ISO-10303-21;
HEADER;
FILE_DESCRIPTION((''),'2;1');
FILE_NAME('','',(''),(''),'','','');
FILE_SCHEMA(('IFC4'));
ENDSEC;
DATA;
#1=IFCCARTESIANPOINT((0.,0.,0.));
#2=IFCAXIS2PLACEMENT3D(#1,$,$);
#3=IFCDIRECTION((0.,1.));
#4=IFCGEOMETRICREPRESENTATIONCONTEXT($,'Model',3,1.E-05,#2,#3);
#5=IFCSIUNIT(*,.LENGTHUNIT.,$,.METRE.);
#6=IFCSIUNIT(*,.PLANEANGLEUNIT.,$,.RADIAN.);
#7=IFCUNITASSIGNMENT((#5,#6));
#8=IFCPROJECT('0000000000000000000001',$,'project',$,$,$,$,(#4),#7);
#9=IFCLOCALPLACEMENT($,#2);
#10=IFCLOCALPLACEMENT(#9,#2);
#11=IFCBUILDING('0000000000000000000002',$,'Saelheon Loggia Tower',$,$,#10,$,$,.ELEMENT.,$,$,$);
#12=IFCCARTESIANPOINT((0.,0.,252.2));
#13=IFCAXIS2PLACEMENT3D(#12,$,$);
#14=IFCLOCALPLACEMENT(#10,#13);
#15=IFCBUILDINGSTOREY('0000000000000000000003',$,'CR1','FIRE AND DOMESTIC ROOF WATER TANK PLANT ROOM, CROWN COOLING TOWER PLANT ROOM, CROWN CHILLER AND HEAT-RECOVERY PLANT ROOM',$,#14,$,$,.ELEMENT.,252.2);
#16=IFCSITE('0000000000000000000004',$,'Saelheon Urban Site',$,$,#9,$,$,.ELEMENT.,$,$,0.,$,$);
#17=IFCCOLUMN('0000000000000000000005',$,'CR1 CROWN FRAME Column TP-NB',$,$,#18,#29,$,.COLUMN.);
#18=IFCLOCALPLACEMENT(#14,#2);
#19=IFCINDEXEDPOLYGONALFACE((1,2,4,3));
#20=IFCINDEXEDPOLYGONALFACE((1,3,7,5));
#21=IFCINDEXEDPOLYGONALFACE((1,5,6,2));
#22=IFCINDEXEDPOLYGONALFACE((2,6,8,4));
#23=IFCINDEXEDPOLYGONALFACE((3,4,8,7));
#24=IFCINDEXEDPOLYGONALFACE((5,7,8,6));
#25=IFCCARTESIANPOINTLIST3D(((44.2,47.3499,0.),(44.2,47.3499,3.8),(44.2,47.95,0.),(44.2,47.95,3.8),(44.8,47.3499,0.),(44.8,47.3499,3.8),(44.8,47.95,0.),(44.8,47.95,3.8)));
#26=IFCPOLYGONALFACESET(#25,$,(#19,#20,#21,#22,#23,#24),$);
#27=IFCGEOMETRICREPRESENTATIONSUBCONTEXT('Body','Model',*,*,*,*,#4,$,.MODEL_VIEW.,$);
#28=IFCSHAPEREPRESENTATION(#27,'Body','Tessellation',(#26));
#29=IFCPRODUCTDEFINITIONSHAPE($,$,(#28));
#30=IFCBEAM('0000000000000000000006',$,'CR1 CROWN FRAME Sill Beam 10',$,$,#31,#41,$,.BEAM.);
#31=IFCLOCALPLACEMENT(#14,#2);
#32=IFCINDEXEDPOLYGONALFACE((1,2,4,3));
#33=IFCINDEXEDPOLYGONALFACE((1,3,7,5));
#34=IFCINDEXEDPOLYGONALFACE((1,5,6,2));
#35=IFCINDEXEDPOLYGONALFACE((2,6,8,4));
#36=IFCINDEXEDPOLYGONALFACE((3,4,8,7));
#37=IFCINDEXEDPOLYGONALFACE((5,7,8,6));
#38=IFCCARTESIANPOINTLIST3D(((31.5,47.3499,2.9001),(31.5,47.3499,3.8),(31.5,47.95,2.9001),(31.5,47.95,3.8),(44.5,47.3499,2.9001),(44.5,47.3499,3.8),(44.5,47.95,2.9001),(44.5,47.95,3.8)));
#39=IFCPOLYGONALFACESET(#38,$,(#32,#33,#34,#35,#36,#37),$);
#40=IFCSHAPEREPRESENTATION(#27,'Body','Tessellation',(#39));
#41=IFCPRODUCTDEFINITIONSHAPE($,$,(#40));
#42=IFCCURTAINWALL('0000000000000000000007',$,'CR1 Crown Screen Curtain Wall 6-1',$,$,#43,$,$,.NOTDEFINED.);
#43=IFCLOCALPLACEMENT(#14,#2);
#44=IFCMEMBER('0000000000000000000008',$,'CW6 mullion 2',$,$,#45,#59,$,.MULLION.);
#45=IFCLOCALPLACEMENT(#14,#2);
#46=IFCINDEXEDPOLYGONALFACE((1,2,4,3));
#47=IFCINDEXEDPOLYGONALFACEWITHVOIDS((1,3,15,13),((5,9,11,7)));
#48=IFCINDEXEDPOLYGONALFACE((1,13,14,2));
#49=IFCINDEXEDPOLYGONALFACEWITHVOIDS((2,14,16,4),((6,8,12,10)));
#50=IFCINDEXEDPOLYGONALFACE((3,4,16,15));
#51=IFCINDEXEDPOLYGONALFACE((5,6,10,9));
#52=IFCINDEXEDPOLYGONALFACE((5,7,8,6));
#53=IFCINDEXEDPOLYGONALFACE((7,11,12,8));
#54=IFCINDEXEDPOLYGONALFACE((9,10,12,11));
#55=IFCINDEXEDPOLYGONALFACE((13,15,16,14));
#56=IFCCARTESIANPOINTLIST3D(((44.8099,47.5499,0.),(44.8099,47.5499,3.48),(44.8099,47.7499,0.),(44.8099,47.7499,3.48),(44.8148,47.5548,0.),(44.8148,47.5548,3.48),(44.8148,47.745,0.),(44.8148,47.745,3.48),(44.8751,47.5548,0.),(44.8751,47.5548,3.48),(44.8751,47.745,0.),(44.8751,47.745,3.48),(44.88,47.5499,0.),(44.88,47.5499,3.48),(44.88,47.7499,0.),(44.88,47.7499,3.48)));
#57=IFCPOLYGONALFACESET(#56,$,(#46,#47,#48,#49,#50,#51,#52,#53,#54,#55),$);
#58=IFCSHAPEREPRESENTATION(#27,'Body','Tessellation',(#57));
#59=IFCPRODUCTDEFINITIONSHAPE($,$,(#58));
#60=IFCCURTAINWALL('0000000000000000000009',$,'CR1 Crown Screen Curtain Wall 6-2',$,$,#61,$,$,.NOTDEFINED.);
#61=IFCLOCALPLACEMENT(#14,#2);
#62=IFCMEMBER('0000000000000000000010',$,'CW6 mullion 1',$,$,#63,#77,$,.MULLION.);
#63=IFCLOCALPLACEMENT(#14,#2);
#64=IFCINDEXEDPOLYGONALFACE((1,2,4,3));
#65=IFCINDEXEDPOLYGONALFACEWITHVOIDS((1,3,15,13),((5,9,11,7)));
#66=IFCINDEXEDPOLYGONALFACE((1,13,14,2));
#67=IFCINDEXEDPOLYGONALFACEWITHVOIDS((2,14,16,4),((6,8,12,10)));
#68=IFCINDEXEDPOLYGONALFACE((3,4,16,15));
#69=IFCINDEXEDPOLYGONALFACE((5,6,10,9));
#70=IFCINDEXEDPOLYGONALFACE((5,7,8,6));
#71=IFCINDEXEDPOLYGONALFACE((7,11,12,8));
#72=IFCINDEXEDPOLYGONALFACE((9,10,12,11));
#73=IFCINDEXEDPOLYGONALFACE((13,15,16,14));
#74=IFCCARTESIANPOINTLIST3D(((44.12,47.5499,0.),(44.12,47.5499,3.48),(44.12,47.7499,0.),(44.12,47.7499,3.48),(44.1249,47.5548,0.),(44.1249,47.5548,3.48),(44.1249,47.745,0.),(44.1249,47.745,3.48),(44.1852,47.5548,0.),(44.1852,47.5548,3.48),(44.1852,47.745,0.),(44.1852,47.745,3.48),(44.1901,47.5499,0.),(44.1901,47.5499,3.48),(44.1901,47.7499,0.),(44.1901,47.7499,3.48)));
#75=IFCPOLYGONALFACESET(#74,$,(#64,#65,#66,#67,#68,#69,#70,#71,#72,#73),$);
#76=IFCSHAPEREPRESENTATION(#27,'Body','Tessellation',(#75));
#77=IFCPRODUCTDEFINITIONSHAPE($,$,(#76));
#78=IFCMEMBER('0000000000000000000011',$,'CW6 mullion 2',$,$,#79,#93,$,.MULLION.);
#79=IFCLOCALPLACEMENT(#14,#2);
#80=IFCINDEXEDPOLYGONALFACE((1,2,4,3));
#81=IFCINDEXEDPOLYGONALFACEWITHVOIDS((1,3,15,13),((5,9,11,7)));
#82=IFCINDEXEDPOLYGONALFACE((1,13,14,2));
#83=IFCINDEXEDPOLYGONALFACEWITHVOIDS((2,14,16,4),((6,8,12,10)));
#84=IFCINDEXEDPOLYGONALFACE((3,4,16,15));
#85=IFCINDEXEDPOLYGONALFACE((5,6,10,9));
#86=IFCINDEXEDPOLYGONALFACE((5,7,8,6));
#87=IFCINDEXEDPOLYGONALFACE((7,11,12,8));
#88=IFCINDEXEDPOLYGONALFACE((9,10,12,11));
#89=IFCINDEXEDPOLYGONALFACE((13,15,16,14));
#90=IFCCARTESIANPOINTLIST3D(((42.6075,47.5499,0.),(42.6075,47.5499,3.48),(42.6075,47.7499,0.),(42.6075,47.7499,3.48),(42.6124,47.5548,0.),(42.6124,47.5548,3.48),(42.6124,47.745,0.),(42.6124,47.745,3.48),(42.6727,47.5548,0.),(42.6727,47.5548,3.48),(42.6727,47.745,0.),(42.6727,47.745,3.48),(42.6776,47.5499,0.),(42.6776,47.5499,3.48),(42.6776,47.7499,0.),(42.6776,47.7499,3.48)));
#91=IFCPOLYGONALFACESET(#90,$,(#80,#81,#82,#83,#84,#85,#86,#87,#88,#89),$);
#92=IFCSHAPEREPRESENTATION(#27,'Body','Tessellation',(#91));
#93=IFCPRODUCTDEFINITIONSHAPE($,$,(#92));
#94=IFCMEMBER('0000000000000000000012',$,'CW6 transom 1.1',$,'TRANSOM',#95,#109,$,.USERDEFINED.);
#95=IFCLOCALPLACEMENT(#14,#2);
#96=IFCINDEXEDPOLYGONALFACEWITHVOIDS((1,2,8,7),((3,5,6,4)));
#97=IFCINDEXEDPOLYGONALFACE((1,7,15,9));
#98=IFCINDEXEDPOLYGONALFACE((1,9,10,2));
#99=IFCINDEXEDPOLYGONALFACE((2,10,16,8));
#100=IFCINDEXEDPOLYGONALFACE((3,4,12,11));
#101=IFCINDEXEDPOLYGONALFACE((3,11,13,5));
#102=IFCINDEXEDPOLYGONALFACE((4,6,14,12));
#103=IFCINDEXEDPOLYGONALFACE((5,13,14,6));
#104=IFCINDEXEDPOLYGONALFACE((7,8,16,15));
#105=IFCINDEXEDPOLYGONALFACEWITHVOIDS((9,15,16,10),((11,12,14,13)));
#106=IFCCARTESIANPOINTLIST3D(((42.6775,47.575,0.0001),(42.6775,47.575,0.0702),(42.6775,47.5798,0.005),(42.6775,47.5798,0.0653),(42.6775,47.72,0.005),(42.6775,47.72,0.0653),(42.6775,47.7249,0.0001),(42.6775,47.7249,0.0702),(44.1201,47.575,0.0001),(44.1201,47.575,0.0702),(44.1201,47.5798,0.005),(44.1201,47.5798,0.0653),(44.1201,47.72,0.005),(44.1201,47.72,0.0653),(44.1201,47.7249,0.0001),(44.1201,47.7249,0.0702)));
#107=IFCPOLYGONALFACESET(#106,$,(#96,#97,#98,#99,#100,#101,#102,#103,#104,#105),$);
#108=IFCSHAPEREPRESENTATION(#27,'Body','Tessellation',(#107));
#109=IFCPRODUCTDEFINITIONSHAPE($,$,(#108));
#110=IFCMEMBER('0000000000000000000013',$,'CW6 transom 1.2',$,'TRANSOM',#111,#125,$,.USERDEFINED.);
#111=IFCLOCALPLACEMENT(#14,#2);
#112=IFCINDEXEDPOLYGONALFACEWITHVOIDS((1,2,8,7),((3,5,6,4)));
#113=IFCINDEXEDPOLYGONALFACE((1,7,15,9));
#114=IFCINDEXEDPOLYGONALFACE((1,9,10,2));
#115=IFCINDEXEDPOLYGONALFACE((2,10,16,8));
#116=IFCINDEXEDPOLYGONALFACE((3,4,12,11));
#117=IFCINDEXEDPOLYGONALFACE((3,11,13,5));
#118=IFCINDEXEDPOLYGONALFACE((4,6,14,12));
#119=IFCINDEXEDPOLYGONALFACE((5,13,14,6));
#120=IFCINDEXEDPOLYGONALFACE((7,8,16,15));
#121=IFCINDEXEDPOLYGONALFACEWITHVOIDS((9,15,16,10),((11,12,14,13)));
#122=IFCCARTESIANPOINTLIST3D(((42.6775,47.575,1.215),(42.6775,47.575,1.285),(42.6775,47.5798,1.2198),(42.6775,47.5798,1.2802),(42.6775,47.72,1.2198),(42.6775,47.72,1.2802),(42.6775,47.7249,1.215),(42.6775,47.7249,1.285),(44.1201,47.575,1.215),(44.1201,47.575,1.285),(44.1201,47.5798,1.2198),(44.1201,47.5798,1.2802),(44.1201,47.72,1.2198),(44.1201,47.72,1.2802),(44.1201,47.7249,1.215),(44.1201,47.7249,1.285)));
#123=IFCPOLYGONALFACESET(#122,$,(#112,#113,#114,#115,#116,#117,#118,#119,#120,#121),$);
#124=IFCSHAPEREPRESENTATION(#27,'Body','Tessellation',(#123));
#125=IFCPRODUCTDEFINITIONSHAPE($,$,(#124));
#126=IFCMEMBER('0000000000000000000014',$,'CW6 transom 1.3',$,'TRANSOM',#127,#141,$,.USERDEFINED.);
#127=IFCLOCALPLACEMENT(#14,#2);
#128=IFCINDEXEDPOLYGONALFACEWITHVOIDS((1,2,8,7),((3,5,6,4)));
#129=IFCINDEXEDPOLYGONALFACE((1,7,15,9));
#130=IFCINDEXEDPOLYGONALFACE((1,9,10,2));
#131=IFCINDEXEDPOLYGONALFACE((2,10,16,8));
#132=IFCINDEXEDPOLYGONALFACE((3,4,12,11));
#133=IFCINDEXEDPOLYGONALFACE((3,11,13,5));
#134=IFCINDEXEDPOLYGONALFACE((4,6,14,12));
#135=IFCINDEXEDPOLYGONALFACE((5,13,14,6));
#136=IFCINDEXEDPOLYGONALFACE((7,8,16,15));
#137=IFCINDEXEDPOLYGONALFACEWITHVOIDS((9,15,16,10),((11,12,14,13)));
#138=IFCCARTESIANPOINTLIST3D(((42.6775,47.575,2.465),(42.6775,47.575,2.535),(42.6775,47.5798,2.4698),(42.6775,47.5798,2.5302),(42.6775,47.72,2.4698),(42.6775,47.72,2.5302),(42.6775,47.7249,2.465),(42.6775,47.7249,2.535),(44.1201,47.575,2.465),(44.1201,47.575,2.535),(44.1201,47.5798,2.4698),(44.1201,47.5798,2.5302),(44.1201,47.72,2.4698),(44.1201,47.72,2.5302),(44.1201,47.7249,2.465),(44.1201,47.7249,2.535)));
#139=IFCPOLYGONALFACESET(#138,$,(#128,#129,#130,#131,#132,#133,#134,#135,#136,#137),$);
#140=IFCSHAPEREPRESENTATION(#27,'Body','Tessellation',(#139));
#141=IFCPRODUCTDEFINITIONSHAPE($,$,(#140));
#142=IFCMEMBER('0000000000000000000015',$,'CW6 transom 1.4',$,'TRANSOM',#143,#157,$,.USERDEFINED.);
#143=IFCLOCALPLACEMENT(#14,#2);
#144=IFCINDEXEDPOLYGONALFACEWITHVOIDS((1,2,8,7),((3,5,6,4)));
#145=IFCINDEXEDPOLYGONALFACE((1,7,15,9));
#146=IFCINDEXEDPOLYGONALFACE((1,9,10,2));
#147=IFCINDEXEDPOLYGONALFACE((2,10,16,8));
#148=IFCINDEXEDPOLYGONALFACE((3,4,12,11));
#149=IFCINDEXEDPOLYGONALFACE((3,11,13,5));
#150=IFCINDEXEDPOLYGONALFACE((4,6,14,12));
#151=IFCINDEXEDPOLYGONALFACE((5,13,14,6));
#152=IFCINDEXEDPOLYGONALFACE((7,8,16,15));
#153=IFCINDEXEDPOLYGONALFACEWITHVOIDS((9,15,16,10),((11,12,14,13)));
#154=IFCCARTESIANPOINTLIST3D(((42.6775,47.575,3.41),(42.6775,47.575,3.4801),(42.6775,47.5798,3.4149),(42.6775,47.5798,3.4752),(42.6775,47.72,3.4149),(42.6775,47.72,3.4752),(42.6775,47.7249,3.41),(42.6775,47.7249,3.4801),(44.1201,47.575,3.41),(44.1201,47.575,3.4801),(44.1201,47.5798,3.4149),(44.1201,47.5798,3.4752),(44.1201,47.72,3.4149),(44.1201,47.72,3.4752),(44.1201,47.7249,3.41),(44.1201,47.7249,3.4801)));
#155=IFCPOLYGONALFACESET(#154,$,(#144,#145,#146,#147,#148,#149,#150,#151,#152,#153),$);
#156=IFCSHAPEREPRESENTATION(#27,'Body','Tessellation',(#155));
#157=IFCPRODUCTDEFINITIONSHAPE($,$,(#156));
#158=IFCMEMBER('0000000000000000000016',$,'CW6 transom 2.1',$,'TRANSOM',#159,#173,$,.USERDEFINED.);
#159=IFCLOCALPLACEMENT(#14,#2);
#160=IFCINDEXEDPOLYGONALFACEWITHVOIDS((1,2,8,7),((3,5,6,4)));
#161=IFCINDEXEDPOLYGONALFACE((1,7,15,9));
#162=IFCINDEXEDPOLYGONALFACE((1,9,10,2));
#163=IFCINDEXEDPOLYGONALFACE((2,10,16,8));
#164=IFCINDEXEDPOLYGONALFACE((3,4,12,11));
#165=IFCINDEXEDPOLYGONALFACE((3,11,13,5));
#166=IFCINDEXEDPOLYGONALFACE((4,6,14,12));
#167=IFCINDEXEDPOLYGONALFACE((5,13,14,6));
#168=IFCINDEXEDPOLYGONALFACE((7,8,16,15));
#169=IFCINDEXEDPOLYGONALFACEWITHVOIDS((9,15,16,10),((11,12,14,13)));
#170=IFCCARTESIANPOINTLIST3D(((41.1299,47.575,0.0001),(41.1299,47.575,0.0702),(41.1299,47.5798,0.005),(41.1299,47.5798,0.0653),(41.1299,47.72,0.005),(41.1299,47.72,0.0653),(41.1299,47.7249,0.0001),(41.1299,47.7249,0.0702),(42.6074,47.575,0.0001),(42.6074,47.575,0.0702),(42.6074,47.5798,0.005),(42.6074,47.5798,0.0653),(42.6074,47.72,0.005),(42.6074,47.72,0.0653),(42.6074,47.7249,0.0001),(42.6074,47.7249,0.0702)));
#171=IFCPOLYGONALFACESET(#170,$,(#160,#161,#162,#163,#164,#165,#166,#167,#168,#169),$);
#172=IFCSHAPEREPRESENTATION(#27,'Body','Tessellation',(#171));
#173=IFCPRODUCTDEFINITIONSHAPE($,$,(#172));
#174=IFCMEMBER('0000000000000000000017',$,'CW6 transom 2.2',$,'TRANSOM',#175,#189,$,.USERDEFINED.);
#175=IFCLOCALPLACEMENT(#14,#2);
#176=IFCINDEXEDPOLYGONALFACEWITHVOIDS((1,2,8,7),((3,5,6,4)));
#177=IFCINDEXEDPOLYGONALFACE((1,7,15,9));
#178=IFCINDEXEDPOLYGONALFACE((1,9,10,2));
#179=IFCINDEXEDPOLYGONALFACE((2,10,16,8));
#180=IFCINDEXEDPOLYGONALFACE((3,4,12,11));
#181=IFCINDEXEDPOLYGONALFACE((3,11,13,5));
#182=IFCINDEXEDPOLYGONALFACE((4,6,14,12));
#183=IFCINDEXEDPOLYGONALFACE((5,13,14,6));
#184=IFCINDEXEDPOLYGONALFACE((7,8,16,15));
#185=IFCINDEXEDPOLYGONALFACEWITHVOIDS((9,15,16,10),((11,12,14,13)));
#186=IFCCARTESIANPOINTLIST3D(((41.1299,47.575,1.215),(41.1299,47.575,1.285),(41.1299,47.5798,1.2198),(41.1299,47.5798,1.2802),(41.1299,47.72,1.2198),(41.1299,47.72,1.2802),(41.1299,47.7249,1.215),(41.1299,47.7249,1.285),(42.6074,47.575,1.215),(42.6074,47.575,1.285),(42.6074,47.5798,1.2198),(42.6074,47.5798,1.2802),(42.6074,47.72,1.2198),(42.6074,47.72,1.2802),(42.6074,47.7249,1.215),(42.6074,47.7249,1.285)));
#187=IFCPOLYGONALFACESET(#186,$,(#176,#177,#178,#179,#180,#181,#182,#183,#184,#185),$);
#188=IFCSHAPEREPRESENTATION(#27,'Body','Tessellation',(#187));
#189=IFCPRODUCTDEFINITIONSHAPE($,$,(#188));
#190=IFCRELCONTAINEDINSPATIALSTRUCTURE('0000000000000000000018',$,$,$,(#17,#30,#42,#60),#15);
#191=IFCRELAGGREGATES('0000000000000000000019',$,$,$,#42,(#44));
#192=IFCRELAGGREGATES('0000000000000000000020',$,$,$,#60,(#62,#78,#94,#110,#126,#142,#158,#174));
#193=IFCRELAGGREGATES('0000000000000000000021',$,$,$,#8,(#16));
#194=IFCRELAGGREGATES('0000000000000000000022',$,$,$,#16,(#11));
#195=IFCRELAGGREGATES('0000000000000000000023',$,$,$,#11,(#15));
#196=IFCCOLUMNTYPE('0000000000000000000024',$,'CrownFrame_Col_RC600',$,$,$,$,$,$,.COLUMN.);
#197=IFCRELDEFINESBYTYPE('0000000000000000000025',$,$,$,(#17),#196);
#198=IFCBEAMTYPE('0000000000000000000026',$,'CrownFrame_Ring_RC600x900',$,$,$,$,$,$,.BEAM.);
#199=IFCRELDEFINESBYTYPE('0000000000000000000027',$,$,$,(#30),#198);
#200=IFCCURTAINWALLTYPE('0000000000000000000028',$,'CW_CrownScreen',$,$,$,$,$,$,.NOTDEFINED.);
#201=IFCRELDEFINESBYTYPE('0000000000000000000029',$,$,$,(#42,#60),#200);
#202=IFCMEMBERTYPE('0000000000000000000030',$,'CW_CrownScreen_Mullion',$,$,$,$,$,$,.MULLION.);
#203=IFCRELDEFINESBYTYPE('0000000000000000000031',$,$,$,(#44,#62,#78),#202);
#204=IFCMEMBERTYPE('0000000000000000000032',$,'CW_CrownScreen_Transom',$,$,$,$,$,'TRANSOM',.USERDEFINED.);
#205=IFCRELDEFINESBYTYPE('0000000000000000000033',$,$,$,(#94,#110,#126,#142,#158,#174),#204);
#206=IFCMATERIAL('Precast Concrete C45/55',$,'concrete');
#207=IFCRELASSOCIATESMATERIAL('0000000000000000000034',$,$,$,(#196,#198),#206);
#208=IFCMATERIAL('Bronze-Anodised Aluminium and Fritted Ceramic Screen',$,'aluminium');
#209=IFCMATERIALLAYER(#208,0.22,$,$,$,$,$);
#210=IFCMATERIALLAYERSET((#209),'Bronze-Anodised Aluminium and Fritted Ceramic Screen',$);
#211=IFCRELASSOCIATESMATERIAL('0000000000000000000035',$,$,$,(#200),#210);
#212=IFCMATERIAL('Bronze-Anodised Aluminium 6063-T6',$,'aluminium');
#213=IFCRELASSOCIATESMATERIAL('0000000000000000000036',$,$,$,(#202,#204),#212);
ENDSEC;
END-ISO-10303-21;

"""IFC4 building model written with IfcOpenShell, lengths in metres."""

from ifc_helpers import new_model, si_unit, direction, frame, origin, origin_2d, place, context, subcontext, project, spatial, rectangle, hollow_rectangle, extrude, source, transform, mapped, material, layer, layer_set, material_profile, profile_set, type_object, element, aggregate, save


model = new_model("IFC4")

# Units and contexts
model_context = context("Model", 3, precision=1e-05, world=origin(), true_north=direction((0.0, 1.0)))
body_context = subcontext(model_context, "Body", "Model", "MODEL_VIEW")
ifc_project = project(units=[si_unit("LENGTHUNIT", "METRE"), si_unit("PLANEANGLEUNIT", "RADIAN")], contexts=[model_context])

# Site, building, storey
site_placement = place(None, origin())
site = spatial("IfcSite", under=ifc_project, at=site_placement, Name="Saelheon Urban Site", CompositionType="ELEMENT", RefElevation=0.0)
building_placement = place(site_placement, origin())
building = spatial("IfcBuilding", under=site, at=building_placement, Name="Saelheon Loggia Tower", CompositionType="ELEMENT")
storey_placement = place(building_placement, frame((0.0, 0.0, 252.2)))
storey = spatial("IfcBuildingStorey", under=building, at=storey_placement, Name="CR1", Description="FIRE AND DOMESTIC ROOF WATER TANK PLANT ROOM, CROWN COOLING TOWER PLANT ROOM, CROWN CHILLER AND HEAT-RECOVERY PLANT ROOM", CompositionType="ELEMENT", Elevation=252.2)

# Column
ifc_material_1 = material(Name="Precast Concrete C45/55", Category="concrete")
ifc_material_profile_1 = material_profile(ifc_material_1, rectangle(XDim=0.6001, YDim=0.6001, at=origin_2d()), Name="RC-600x600")
ifc_profile_set_1 = profile_set([ifc_material_profile_1], Name="Precast Concrete C45/55")
column_type = type_object("IfcColumnType", Name="CrownFrame_Col_RC600", PredefinedType="COLUMN", material=ifc_profile_set_1)
shared_shape_1 = source(origin(), body_context, "Body", "SweptSolid", [
    extrude(rectangle(XDim=0.6001, YDim=0.6001, at=origin_2d()), origin(), (0.0, 0.0, 1.0), 3.8),
])
column_placement = place(storey_placement, frame((44.5, 47.6499, 0.0), z_axis=(0.0, 0.0, 1.0), x_axis=(1.0, 0.0, 0.0)))
element("IfcColumn", 1, at=column_placement, inside=storey, type_object=column_type, Name="CR1 CROWN FRAME Column TP-NB", PredefinedType="COLUMN", context=body_context, shape_type="MappedRepresentation", body=[
    mapped(shared_shape_1, transform((0.0, 0.0, 0.0), scale=1.0)),
])

# Beam
ifc_material_profile_2 = material_profile(ifc_material_1, rectangle(XDim=0.6001, YDim=0.8999, at=origin_2d()), Name="RC-600x900")
ifc_profile_set_2 = profile_set([ifc_material_profile_2], Name="Precast Concrete C45/55")
beam_type = type_object("IfcBeamType", Name="CrownFrame_Ring_RC600x900", PredefinedType="BEAM", material=ifc_profile_set_2)
shared_shape_2 = source(origin(), body_context, "Body", "SweptSolid", [
    extrude(rectangle(XDim=0.6001, YDim=0.8999, at=origin_2d()), origin(), (0.0, 0.0, 1.0), 13.0),
])
beam_placement = place(storey_placement, frame((44.5, 47.6499, 3.3501), z_axis=(-1.0, 0.0, 0.0), x_axis=(0.0, -1.0, 0.0)))
element("IfcBeam", 2, at=beam_placement, inside=storey, type_object=beam_type, Name="CR1 CROWN FRAME Sill Beam 10", PredefinedType="BEAM", context=body_context, shape_type="MappedRepresentation", body=[
    mapped(shared_shape_2, transform((0.0, 0.0, 0.0), scale=1.0)),
])

# Curtain wall, member
ifc_material_2 = material(Name="Bronze-Anodised Aluminium and Fritted Ceramic Screen", Category="aluminium")
ifc_layer_1 = layer(ifc_material_2, 0.22)
ifc_layer_set_1 = layer_set([ifc_layer_1], Name="Bronze-Anodised Aluminium and Fritted Ceramic Screen")
curtain_wall_type = type_object("IfcCurtainWallType", Name="CW_CrownScreen", PredefinedType="NOTDEFINED", material=ifc_layer_set_1)
curtain_wall_1_placement = place(storey_placement, origin())
curtain_wall_1 = element("IfcCurtainWall", 3, at=curtain_wall_1_placement, inside=storey, type_object=curtain_wall_type, Name="CR1 Crown Screen Curtain Wall 6-1", PredefinedType="NOTDEFINED")
ifc_material_3 = material(Name="Bronze-Anodised Aluminium 6063-T6", Category="aluminium")
ifc_material_profile_3 = material_profile(ifc_material_3, hollow_rectangle(XDim=0.0701, YDim=0.2, WallThickness=0.0049, at=origin_2d()), Name="RHS-200x70x5")
ifc_profile_set_3 = profile_set([ifc_material_profile_3], Name="Bronze-Anodised Aluminium 6063-T6")
member_type_1 = type_object("IfcMemberType", Name="CW_CrownScreen_Mullion", PredefinedType="MULLION", material=ifc_profile_set_3)
shared_shape_3 = source(origin(), body_context, "Body", "SweptSolid", [
    extrude(hollow_rectangle(XDim=0.0701, YDim=0.2, WallThickness=0.0049, at=origin_2d()), origin(), (0.0, 0.0, 1.0), 3.48),
])
member_1_placement = place(storey_placement, frame((44.845, 47.6499, 0.0), z_axis=(0.0, 0.0, 1.0), x_axis=(-1.0, 0.0, 0.0)))
member_1 = element("IfcMember", 4, at=member_1_placement, type_object=member_type_1, Name="CW6 mullion 2", PredefinedType="MULLION", context=body_context, shape_type="MappedRepresentation", body=[
    mapped(shared_shape_3, transform((0.0, 0.0, 0.0), scale=1.0)),
])

# Curtain wall, members
curtain_wall_2_placement = place(storey_placement, origin())
curtain_wall_2 = element("IfcCurtainWall", 5, at=curtain_wall_2_placement, inside=storey, type_object=curtain_wall_type, Name="CR1 Crown Screen Curtain Wall 6-2", PredefinedType="NOTDEFINED")
member_2_placement = place(storey_placement, frame((44.155, 47.6499, 0.0), z_axis=(0.0, 0.0, 1.0), x_axis=(-1.0, 0.0, 0.0)))
member_2 = element("IfcMember", 6, at=member_2_placement, type_object=member_type_1, Name="CW6 mullion 1", PredefinedType="MULLION", context=body_context, shape_type="MappedRepresentation", body=[
    mapped(shared_shape_3, transform((0.0, 0.0, 0.0), scale=1.0)),
])
member_3_placement = place(storey_placement, frame((42.6426, 47.6499, 0.0), z_axis=(0.0, 0.0, 1.0), x_axis=(-1.0, 0.0, 0.0)))
member_3 = element("IfcMember", 7, at=member_3_placement, type_object=member_type_1, Name="CW6 mullion 2", PredefinedType="MULLION", context=body_context, shape_type="MappedRepresentation", body=[
    mapped(shared_shape_3, transform((0.0, 0.0, 0.0), scale=1.0)),
])
ifc_material_profile_4 = material_profile(ifc_material_3, hollow_rectangle(XDim=0.0701, YDim=0.1499, WallThickness=0.0049, at=origin_2d()), Name="RHS-150x70x5")
ifc_profile_set_4 = profile_set([ifc_material_profile_4], Name="Bronze-Anodised Aluminium 6063-T6")
member_type_2 = type_object("IfcMemberType", Name="CW_CrownScreen_Transom", ElementType="TRANSOM", PredefinedType="USERDEFINED", material=ifc_profile_set_4)
shared_shape_4 = source(origin(), body_context, "Body", "SweptSolid", [
    extrude(hollow_rectangle(XDim=0.0701, YDim=0.1499, WallThickness=0.0049, at=origin_2d()), origin(), (0.0, 0.0, 1.0), 1.4426),
])
member_4_placement = place(storey_placement, frame((44.1201, 47.6499, 0.0352), z_axis=(-1.0, 0.0, 0.0), x_axis=(0.0, 0.0, 1.0)))
member_4 = element("IfcMember", 8, at=member_4_placement, type_object=member_type_2, Name="CW6 transom 1.1", ObjectType="TRANSOM", PredefinedType="USERDEFINED", context=body_context, shape_type="MappedRepresentation", body=[
    mapped(shared_shape_4, transform((0.0, 0.0, 0.0), scale=1.0)),
])
member_5_placement = place(storey_placement, frame((44.1201, 47.6499, 1.25), z_axis=(-1.0, 0.0, 0.0), x_axis=(0.0, 0.0, 1.0)))
member_5 = element("IfcMember", 9, at=member_5_placement, type_object=member_type_2, Name="CW6 transom 1.2", ObjectType="TRANSOM", PredefinedType="USERDEFINED", context=body_context, shape_type="MappedRepresentation", body=[
    mapped(shared_shape_4, transform((0.0, 0.0, 0.0), scale=1.0)),
])
member_6_placement = place(storey_placement, frame((44.1201, 47.6499, 2.5), z_axis=(-1.0, 0.0, 0.0), x_axis=(0.0, 0.0, 1.0)))
member_6 = element("IfcMember", 10, at=member_6_placement, type_object=member_type_2, Name="CW6 transom 1.3", ObjectType="TRANSOM", PredefinedType="USERDEFINED", context=body_context, shape_type="MappedRepresentation", body=[
    mapped(shared_shape_4, transform((0.0, 0.0, 0.0), scale=1.0)),
])
member_7_placement = place(storey_placement, frame((44.1201, 47.6499, 3.4451), z_axis=(-1.0, 0.0, 0.0), x_axis=(0.0, 0.0, 1.0)))
member_7 = element("IfcMember", 11, at=member_7_placement, type_object=member_type_2, Name="CW6 transom 1.4", ObjectType="TRANSOM", PredefinedType="USERDEFINED", context=body_context, shape_type="MappedRepresentation", body=[
    mapped(shared_shape_4, transform((0.0, 0.0, 0.0), scale=1.0)),
])
shared_shape_5 = source(origin(), body_context, "Body", "SweptSolid", [
    extrude(hollow_rectangle(XDim=0.0701, YDim=0.1499, WallThickness=0.0049, at=origin_2d()), origin(), (0.0, 0.0, 1.0), 1.4775),
])
member_8_placement = place(storey_placement, frame((42.6074, 47.6499, 0.0352), z_axis=(-1.0, 0.0, 0.0), x_axis=(0.0, 0.0, 1.0)))
member_8 = element("IfcMember", 12, at=member_8_placement, type_object=member_type_2, Name="CW6 transom 2.1", ObjectType="TRANSOM", PredefinedType="USERDEFINED", context=body_context, shape_type="MappedRepresentation", body=[
    mapped(shared_shape_5, transform((0.0, 0.0, 0.0), scale=1.0)),
])
member_9_placement = place(storey_placement, frame((42.6074, 47.6499, 1.25), z_axis=(-1.0, 0.0, 0.0), x_axis=(0.0, 0.0, 1.0)))
member_9 = element("IfcMember", 13, at=member_9_placement, type_object=member_type_2, Name="CW6 transom 2.2", ObjectType="TRANSOM", PredefinedType="USERDEFINED", context=body_context, shape_type="MappedRepresentation", body=[
    mapped(shared_shape_5, transform((0.0, 0.0, 0.0), scale=1.0)),
])

aggregate(curtain_wall_1, [member_1])
aggregate(curtain_wall_2, [member_2, member_3, member_4, member_5, member_6, member_7, member_8, member_9])

save(model, "model.ifc")
